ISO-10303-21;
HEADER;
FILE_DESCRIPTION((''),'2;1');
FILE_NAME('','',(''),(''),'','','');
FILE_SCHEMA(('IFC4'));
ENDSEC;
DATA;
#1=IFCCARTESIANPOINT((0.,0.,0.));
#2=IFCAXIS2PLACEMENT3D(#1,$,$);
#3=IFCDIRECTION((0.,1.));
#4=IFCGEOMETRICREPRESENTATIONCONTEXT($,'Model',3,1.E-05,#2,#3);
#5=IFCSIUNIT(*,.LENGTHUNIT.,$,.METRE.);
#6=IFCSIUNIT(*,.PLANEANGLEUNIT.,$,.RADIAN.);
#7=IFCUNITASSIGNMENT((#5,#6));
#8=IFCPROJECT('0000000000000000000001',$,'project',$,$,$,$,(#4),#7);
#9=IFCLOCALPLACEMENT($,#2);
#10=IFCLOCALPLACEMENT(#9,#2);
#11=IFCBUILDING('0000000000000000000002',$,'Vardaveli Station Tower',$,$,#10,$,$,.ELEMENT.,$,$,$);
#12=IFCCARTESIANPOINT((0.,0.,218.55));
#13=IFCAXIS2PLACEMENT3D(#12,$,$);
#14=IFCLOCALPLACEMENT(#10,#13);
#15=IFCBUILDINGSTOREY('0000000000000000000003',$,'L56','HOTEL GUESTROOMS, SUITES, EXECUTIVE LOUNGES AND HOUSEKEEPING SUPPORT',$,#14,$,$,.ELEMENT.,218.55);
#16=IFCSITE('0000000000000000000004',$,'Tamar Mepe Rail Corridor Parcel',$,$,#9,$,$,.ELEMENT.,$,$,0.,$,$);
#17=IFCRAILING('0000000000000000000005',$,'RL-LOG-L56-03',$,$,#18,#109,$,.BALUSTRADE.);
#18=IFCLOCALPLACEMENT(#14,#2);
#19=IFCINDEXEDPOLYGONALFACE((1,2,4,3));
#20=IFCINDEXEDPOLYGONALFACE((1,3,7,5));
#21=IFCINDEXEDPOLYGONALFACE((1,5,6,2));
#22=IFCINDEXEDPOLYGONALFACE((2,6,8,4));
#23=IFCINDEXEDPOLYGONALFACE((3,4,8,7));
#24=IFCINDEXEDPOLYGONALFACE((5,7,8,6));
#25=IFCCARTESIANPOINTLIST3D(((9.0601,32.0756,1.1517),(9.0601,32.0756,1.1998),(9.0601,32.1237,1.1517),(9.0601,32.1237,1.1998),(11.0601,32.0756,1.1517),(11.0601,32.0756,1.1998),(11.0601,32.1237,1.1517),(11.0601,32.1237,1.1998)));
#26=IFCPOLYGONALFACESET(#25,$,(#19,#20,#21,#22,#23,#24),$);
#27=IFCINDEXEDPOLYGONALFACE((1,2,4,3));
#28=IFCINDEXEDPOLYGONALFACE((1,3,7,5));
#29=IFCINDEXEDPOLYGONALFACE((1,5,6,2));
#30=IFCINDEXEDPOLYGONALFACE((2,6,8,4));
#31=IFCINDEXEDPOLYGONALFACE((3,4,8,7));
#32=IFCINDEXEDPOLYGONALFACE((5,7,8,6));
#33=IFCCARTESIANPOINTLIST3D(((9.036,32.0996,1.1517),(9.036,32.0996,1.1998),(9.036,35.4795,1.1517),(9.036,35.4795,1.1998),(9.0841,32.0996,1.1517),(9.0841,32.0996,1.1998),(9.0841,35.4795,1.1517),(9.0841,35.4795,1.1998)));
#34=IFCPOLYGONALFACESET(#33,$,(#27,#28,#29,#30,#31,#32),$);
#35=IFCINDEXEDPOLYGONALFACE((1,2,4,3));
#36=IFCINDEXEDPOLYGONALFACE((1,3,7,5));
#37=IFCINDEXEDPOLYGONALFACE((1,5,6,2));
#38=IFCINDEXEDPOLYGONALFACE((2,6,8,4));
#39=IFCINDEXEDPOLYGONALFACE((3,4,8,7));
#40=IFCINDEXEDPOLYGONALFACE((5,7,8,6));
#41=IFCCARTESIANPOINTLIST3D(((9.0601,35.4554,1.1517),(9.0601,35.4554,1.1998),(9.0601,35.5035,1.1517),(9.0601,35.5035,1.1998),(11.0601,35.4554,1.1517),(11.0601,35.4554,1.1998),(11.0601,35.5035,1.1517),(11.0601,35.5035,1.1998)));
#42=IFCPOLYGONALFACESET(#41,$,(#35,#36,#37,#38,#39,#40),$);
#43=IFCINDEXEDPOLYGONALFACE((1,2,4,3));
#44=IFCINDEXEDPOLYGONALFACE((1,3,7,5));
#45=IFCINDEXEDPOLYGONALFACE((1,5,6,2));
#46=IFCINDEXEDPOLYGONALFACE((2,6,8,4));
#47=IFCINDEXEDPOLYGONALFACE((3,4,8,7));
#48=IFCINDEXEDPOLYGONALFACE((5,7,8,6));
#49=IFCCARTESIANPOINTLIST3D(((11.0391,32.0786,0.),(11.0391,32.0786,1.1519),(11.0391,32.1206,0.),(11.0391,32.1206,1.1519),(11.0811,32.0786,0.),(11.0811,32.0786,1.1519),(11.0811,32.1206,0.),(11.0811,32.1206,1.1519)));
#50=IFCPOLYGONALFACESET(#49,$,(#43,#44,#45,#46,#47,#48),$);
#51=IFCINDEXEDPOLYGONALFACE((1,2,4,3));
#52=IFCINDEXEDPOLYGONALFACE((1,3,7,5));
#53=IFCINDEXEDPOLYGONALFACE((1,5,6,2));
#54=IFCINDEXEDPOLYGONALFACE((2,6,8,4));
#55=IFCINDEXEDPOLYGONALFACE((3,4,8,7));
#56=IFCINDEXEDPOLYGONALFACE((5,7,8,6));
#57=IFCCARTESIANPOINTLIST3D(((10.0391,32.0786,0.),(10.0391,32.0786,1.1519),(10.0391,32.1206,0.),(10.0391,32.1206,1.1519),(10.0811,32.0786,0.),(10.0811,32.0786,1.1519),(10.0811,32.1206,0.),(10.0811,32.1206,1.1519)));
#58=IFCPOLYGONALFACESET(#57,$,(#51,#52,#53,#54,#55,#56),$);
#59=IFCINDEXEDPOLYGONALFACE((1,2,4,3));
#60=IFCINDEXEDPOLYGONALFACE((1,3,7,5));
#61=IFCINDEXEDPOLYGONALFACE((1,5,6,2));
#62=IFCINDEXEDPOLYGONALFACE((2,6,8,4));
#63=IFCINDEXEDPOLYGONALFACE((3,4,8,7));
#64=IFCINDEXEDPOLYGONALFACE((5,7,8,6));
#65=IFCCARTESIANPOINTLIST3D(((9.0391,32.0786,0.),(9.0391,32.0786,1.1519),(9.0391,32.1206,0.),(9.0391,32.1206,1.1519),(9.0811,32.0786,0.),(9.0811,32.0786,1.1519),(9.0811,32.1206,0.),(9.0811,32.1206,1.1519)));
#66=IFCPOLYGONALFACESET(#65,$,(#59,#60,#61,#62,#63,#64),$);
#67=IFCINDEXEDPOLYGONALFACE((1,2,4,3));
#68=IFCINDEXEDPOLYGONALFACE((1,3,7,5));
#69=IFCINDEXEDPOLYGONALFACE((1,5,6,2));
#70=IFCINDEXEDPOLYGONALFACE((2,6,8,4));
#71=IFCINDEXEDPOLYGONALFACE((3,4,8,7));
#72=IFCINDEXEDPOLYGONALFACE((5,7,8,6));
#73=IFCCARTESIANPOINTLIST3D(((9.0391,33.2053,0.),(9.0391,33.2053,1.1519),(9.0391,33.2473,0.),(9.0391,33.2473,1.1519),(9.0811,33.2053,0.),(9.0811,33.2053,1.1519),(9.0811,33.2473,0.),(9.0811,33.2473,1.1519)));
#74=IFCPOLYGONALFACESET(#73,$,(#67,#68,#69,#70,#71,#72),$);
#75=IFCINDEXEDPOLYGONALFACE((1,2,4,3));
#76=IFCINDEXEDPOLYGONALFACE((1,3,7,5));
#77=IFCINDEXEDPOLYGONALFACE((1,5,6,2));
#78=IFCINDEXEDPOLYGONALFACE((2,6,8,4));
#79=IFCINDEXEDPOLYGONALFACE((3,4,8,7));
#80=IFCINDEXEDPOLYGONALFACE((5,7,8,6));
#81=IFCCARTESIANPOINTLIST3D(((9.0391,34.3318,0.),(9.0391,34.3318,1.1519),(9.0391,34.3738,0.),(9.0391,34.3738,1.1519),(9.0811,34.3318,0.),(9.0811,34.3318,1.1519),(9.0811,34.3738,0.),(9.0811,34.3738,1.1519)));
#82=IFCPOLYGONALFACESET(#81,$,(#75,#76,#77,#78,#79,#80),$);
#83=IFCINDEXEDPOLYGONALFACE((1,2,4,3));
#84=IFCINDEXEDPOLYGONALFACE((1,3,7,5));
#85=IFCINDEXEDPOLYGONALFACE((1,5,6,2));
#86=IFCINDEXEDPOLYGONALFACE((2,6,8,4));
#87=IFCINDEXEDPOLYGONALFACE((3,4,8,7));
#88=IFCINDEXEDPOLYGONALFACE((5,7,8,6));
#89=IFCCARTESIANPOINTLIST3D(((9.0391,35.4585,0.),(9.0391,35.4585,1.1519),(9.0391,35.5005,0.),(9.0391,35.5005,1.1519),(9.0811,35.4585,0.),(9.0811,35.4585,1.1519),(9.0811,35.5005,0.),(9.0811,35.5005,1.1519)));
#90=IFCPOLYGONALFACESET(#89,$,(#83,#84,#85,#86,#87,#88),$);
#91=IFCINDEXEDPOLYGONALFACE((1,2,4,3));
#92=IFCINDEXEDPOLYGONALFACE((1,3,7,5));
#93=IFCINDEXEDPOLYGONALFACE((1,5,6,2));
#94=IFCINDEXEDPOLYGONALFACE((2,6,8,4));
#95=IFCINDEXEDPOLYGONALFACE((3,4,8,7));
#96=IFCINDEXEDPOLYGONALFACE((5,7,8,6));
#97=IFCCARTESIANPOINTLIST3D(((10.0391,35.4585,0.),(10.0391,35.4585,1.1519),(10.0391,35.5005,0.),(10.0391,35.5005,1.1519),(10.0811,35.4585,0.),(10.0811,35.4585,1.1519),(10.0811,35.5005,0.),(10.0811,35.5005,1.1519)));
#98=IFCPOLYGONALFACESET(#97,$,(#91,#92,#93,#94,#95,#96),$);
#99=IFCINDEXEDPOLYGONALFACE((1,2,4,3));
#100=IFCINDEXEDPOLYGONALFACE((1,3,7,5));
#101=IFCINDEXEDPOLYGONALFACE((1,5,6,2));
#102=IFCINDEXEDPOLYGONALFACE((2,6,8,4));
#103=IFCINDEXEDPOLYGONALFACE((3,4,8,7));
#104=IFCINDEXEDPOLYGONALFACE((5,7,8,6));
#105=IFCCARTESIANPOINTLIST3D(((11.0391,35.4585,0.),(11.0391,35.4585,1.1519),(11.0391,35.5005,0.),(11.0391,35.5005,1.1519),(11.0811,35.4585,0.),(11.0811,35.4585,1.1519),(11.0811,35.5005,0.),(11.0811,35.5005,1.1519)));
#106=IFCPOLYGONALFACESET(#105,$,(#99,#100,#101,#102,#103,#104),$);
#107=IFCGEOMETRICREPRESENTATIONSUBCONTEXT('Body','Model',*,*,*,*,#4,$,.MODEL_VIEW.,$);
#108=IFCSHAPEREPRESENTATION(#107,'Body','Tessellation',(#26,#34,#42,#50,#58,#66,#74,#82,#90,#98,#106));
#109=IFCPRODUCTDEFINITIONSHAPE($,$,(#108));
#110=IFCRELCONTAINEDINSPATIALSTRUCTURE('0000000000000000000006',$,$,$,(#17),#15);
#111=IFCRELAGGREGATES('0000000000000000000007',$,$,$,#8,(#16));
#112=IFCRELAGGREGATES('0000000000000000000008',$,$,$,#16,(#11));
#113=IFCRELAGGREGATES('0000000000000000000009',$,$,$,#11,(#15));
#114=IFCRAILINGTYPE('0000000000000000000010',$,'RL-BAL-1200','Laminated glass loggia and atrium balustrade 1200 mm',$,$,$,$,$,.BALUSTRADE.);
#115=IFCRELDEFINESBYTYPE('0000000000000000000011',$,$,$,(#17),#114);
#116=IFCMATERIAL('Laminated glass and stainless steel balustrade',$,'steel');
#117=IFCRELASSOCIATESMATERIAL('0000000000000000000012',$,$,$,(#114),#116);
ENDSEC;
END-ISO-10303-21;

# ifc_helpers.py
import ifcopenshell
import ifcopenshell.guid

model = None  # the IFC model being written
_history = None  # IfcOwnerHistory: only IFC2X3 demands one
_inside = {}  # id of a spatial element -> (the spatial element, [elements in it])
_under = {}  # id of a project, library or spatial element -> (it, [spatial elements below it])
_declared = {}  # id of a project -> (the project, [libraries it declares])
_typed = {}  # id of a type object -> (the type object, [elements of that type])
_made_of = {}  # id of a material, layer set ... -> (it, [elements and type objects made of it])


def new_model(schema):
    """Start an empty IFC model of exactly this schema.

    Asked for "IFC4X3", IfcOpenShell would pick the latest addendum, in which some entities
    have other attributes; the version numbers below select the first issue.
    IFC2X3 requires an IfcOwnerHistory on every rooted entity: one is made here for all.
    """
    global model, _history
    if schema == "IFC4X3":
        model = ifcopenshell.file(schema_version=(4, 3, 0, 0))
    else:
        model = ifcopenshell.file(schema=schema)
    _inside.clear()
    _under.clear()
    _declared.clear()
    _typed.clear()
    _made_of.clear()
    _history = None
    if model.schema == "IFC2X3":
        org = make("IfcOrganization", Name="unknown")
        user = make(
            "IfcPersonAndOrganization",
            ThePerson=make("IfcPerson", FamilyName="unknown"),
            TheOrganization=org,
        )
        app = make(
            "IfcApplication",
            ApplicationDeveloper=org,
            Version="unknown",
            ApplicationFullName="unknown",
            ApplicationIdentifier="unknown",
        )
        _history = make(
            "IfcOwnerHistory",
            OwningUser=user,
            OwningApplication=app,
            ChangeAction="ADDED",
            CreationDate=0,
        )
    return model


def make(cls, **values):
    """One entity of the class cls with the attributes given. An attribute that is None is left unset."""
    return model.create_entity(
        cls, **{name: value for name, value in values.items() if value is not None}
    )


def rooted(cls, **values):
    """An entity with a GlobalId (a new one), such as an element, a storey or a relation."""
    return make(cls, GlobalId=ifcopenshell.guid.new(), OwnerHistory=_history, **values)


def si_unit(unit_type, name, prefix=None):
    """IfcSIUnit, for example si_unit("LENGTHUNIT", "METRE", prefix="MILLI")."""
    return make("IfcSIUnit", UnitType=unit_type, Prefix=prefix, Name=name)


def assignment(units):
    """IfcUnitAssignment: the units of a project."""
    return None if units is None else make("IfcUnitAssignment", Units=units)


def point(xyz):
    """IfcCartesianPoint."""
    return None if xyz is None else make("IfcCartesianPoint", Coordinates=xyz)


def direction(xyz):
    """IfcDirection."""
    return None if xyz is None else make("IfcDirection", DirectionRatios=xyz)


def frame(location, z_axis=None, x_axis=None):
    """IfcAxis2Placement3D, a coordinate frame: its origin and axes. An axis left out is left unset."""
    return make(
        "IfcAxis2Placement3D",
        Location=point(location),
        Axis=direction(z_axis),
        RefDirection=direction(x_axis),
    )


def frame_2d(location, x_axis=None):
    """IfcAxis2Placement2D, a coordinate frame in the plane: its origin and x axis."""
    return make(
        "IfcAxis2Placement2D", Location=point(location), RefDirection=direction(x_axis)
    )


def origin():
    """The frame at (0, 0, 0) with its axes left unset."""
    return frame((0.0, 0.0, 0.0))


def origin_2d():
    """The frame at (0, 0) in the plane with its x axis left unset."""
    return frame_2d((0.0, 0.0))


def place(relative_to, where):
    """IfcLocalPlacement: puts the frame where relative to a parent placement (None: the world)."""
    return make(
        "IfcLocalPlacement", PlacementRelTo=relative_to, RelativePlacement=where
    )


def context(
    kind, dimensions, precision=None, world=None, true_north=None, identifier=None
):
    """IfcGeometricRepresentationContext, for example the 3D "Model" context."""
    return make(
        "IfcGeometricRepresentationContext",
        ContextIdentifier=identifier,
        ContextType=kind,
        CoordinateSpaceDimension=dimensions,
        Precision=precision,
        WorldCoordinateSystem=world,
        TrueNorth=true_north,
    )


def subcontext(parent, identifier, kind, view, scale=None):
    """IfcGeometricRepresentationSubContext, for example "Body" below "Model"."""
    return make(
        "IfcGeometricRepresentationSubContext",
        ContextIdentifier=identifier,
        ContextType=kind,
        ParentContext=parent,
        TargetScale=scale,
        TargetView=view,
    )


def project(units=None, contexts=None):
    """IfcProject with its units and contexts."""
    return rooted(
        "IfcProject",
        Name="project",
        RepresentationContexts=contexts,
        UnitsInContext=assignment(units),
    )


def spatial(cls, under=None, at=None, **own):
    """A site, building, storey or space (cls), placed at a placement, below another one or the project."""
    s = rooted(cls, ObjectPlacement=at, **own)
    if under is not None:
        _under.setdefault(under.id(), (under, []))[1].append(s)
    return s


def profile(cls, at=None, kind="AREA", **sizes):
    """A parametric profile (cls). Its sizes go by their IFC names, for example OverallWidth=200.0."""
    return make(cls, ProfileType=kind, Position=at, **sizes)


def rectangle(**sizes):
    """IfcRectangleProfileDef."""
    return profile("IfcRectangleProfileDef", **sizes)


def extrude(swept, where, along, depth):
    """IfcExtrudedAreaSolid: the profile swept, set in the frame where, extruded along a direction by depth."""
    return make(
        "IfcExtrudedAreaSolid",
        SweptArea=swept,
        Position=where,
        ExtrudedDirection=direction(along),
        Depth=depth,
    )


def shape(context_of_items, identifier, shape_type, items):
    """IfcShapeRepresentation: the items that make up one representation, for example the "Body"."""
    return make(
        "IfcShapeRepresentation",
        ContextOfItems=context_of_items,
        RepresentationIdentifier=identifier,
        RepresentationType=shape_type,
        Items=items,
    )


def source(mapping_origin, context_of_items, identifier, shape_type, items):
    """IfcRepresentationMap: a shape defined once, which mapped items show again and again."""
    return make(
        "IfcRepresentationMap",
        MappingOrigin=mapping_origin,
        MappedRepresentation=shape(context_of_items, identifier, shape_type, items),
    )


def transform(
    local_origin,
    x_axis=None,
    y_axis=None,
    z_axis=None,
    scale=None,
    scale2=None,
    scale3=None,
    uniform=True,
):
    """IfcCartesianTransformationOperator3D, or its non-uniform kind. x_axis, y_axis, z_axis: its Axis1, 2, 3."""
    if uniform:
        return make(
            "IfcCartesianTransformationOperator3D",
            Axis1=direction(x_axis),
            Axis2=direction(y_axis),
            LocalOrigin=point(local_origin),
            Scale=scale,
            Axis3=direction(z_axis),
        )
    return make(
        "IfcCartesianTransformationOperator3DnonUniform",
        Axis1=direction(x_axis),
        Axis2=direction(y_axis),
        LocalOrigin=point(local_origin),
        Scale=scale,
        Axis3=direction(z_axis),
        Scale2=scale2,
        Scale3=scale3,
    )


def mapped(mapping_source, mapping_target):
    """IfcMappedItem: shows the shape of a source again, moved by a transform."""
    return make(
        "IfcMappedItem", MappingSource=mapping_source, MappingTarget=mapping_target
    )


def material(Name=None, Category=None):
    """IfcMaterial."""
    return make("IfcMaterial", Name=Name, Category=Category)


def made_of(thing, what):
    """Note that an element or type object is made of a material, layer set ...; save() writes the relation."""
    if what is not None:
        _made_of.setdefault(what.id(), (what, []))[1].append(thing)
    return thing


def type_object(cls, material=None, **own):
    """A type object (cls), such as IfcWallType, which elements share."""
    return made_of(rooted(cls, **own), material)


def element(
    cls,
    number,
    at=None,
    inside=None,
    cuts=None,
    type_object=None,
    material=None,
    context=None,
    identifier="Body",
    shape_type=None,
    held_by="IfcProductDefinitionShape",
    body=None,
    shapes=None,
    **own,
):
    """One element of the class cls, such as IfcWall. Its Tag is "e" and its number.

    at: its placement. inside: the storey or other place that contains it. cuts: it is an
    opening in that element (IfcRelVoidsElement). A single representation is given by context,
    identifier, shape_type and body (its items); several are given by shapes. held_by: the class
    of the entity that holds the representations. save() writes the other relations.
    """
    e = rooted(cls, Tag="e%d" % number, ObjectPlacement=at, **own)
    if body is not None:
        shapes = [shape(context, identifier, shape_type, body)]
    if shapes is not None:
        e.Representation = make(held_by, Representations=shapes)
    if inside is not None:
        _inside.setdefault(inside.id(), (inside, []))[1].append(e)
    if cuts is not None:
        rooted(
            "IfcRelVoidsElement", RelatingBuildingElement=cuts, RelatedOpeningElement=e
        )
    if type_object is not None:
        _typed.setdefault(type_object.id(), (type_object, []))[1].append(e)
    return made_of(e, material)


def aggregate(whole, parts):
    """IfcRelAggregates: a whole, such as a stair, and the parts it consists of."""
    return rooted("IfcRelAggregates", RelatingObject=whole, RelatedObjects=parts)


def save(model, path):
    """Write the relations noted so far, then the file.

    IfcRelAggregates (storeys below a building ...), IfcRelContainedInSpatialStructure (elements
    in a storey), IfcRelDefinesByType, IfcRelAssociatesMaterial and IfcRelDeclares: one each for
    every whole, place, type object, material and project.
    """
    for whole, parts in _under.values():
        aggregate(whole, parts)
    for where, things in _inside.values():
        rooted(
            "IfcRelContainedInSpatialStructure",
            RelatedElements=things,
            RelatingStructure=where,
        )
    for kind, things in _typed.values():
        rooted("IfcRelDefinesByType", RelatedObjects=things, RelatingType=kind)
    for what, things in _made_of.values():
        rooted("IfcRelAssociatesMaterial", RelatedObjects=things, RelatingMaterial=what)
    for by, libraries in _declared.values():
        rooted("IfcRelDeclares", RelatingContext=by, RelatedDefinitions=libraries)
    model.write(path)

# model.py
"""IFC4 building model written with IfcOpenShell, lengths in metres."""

from ifc_helpers import new_model, si_unit, direction, frame, origin, origin_2d, place, context, subcontext, project, spatial, rectangle, extrude, source, transform, mapped, material, type_object, element, save


model = new_model("IFC4")

# Units and contexts
model_context = context("Model", 3, precision=1e-05, world=origin(), true_north=direction((0.0, 1.0)))
body_context = subcontext(model_context, "Body", "Model", "MODEL_VIEW")
ifc_project = project(units=[si_unit("LENGTHUNIT", "METRE"), si_unit("PLANEANGLEUNIT", "RADIAN")], contexts=[model_context])

# Site, building, storey
site_placement = place(None, origin())
site = spatial("IfcSite", under=ifc_project, at=site_placement, Name="Tamar Mepe Rail Corridor Parcel", CompositionType="ELEMENT", RefElevation=0.0)
building_placement = place(site_placement, origin())
building = spatial("IfcBuilding", under=site, at=building_placement, Name="Vardaveli Station Tower", CompositionType="ELEMENT")
storey_placement = place(building_placement, frame((0.0, 0.0, 218.55)))
storey = spatial("IfcBuildingStorey", under=building, at=storey_placement, Name="L56", Description="HOTEL GUESTROOMS, SUITES, EXECUTIVE LOUNGES AND HOUSEKEEPING SUPPORT", CompositionType="ELEMENT", Elevation=218.55)

# Railing
ifc_material_1 = material(Name="Laminated glass and stainless steel balustrade", Category="steel")
railing_type = type_object("IfcRailingType", Name="RL-BAL-1200", Description="Laminated glass loggia and atrium balustrade 1200 mm", PredefinedType="BALUSTRADE", material=ifc_material_1)
shared_shape_1 = source(origin(), body_context, "Body", "SweptSolid", [
    extrude(rectangle(XDim=0.0481, YDim=0.0481, at=origin_2d()), frame((0.0, 0.0, 1.1758), z_axis=(-1.0, 0.0, 0.0), x_axis=(0.0, -1.0, 0.0)), (0.0, 0.0, 1.0), 2.0),
    extrude(rectangle(XDim=0.0481, YDim=0.0481, at=origin_2d()), frame((-2.0, 0.0, 1.1758), z_axis=(0.0, 1.0, 0.0), x_axis=(-1.0, 0.0, 0.0)), (0.0, 0.0, 1.0), 3.3799),
    extrude(rectangle(XDim=0.0481, YDim=0.0481, at=origin_2d()), frame((-2.0, 3.3799, 1.1758), z_axis=(1.0, 0.0, 0.0), x_axis=(0.0, 1.0, 0.0)), (0.0, 0.0, 1.0), 2.0),
    extrude(rectangle(XDim=0.042, YDim=0.042, at=origin_2d()), origin(), (0.0, 0.0, 1.0), 1.1519),
    extrude(rectangle(XDim=0.042, YDim=0.042, at=origin_2d()), frame((-1.0, 0.0, 0.0)), (0.0, 0.0, 1.0), 1.1519),
    extrude(rectangle(XDim=0.042, YDim=0.042, at=origin_2d()), frame((-2.0, 0.0, 0.0)), (0.0, 0.0, 1.0), 1.1519),
    extrude(rectangle(XDim=0.042, YDim=0.042, at=origin_2d()), frame((-2.0, 1.1267, 0.0)), (0.0, 0.0, 1.0), 1.1519),
    extrude(rectangle(XDim=0.042, YDim=0.042, at=origin_2d()), frame((-2.0, 2.2532, 0.0)), (0.0, 0.0, 1.0), 1.1519),
    extrude(rectangle(XDim=0.042, YDim=0.042, at=origin_2d()), frame((-2.0, 3.3799, 0.0)), (0.0, 0.0, 1.0), 1.1519),
    extrude(rectangle(XDim=0.042, YDim=0.042, at=origin_2d()), frame((-1.0, 3.3799, 0.0)), (0.0, 0.0, 1.0), 1.1519),
    extrude(rectangle(XDim=0.042, YDim=0.042, at=origin_2d()), frame((0.0, 3.3799, 0.0)), (0.0, 0.0, 1.0), 1.1519),
])
railing_placement = place(storey_placement, frame((11.0601, 32.0996, 0.0)))
element("IfcRailing", 1, at=railing_placement, inside=storey, type_object=railing_type, Name="RL-LOG-L56-03", PredefinedType="BALUSTRADE", context=body_context, shape_type="MappedRepresentation", body=[
    mapped(shared_shape_1, transform((0.0, 0.0, 0.0), scale=1.0)),
])

save(model, "model.ifc")
